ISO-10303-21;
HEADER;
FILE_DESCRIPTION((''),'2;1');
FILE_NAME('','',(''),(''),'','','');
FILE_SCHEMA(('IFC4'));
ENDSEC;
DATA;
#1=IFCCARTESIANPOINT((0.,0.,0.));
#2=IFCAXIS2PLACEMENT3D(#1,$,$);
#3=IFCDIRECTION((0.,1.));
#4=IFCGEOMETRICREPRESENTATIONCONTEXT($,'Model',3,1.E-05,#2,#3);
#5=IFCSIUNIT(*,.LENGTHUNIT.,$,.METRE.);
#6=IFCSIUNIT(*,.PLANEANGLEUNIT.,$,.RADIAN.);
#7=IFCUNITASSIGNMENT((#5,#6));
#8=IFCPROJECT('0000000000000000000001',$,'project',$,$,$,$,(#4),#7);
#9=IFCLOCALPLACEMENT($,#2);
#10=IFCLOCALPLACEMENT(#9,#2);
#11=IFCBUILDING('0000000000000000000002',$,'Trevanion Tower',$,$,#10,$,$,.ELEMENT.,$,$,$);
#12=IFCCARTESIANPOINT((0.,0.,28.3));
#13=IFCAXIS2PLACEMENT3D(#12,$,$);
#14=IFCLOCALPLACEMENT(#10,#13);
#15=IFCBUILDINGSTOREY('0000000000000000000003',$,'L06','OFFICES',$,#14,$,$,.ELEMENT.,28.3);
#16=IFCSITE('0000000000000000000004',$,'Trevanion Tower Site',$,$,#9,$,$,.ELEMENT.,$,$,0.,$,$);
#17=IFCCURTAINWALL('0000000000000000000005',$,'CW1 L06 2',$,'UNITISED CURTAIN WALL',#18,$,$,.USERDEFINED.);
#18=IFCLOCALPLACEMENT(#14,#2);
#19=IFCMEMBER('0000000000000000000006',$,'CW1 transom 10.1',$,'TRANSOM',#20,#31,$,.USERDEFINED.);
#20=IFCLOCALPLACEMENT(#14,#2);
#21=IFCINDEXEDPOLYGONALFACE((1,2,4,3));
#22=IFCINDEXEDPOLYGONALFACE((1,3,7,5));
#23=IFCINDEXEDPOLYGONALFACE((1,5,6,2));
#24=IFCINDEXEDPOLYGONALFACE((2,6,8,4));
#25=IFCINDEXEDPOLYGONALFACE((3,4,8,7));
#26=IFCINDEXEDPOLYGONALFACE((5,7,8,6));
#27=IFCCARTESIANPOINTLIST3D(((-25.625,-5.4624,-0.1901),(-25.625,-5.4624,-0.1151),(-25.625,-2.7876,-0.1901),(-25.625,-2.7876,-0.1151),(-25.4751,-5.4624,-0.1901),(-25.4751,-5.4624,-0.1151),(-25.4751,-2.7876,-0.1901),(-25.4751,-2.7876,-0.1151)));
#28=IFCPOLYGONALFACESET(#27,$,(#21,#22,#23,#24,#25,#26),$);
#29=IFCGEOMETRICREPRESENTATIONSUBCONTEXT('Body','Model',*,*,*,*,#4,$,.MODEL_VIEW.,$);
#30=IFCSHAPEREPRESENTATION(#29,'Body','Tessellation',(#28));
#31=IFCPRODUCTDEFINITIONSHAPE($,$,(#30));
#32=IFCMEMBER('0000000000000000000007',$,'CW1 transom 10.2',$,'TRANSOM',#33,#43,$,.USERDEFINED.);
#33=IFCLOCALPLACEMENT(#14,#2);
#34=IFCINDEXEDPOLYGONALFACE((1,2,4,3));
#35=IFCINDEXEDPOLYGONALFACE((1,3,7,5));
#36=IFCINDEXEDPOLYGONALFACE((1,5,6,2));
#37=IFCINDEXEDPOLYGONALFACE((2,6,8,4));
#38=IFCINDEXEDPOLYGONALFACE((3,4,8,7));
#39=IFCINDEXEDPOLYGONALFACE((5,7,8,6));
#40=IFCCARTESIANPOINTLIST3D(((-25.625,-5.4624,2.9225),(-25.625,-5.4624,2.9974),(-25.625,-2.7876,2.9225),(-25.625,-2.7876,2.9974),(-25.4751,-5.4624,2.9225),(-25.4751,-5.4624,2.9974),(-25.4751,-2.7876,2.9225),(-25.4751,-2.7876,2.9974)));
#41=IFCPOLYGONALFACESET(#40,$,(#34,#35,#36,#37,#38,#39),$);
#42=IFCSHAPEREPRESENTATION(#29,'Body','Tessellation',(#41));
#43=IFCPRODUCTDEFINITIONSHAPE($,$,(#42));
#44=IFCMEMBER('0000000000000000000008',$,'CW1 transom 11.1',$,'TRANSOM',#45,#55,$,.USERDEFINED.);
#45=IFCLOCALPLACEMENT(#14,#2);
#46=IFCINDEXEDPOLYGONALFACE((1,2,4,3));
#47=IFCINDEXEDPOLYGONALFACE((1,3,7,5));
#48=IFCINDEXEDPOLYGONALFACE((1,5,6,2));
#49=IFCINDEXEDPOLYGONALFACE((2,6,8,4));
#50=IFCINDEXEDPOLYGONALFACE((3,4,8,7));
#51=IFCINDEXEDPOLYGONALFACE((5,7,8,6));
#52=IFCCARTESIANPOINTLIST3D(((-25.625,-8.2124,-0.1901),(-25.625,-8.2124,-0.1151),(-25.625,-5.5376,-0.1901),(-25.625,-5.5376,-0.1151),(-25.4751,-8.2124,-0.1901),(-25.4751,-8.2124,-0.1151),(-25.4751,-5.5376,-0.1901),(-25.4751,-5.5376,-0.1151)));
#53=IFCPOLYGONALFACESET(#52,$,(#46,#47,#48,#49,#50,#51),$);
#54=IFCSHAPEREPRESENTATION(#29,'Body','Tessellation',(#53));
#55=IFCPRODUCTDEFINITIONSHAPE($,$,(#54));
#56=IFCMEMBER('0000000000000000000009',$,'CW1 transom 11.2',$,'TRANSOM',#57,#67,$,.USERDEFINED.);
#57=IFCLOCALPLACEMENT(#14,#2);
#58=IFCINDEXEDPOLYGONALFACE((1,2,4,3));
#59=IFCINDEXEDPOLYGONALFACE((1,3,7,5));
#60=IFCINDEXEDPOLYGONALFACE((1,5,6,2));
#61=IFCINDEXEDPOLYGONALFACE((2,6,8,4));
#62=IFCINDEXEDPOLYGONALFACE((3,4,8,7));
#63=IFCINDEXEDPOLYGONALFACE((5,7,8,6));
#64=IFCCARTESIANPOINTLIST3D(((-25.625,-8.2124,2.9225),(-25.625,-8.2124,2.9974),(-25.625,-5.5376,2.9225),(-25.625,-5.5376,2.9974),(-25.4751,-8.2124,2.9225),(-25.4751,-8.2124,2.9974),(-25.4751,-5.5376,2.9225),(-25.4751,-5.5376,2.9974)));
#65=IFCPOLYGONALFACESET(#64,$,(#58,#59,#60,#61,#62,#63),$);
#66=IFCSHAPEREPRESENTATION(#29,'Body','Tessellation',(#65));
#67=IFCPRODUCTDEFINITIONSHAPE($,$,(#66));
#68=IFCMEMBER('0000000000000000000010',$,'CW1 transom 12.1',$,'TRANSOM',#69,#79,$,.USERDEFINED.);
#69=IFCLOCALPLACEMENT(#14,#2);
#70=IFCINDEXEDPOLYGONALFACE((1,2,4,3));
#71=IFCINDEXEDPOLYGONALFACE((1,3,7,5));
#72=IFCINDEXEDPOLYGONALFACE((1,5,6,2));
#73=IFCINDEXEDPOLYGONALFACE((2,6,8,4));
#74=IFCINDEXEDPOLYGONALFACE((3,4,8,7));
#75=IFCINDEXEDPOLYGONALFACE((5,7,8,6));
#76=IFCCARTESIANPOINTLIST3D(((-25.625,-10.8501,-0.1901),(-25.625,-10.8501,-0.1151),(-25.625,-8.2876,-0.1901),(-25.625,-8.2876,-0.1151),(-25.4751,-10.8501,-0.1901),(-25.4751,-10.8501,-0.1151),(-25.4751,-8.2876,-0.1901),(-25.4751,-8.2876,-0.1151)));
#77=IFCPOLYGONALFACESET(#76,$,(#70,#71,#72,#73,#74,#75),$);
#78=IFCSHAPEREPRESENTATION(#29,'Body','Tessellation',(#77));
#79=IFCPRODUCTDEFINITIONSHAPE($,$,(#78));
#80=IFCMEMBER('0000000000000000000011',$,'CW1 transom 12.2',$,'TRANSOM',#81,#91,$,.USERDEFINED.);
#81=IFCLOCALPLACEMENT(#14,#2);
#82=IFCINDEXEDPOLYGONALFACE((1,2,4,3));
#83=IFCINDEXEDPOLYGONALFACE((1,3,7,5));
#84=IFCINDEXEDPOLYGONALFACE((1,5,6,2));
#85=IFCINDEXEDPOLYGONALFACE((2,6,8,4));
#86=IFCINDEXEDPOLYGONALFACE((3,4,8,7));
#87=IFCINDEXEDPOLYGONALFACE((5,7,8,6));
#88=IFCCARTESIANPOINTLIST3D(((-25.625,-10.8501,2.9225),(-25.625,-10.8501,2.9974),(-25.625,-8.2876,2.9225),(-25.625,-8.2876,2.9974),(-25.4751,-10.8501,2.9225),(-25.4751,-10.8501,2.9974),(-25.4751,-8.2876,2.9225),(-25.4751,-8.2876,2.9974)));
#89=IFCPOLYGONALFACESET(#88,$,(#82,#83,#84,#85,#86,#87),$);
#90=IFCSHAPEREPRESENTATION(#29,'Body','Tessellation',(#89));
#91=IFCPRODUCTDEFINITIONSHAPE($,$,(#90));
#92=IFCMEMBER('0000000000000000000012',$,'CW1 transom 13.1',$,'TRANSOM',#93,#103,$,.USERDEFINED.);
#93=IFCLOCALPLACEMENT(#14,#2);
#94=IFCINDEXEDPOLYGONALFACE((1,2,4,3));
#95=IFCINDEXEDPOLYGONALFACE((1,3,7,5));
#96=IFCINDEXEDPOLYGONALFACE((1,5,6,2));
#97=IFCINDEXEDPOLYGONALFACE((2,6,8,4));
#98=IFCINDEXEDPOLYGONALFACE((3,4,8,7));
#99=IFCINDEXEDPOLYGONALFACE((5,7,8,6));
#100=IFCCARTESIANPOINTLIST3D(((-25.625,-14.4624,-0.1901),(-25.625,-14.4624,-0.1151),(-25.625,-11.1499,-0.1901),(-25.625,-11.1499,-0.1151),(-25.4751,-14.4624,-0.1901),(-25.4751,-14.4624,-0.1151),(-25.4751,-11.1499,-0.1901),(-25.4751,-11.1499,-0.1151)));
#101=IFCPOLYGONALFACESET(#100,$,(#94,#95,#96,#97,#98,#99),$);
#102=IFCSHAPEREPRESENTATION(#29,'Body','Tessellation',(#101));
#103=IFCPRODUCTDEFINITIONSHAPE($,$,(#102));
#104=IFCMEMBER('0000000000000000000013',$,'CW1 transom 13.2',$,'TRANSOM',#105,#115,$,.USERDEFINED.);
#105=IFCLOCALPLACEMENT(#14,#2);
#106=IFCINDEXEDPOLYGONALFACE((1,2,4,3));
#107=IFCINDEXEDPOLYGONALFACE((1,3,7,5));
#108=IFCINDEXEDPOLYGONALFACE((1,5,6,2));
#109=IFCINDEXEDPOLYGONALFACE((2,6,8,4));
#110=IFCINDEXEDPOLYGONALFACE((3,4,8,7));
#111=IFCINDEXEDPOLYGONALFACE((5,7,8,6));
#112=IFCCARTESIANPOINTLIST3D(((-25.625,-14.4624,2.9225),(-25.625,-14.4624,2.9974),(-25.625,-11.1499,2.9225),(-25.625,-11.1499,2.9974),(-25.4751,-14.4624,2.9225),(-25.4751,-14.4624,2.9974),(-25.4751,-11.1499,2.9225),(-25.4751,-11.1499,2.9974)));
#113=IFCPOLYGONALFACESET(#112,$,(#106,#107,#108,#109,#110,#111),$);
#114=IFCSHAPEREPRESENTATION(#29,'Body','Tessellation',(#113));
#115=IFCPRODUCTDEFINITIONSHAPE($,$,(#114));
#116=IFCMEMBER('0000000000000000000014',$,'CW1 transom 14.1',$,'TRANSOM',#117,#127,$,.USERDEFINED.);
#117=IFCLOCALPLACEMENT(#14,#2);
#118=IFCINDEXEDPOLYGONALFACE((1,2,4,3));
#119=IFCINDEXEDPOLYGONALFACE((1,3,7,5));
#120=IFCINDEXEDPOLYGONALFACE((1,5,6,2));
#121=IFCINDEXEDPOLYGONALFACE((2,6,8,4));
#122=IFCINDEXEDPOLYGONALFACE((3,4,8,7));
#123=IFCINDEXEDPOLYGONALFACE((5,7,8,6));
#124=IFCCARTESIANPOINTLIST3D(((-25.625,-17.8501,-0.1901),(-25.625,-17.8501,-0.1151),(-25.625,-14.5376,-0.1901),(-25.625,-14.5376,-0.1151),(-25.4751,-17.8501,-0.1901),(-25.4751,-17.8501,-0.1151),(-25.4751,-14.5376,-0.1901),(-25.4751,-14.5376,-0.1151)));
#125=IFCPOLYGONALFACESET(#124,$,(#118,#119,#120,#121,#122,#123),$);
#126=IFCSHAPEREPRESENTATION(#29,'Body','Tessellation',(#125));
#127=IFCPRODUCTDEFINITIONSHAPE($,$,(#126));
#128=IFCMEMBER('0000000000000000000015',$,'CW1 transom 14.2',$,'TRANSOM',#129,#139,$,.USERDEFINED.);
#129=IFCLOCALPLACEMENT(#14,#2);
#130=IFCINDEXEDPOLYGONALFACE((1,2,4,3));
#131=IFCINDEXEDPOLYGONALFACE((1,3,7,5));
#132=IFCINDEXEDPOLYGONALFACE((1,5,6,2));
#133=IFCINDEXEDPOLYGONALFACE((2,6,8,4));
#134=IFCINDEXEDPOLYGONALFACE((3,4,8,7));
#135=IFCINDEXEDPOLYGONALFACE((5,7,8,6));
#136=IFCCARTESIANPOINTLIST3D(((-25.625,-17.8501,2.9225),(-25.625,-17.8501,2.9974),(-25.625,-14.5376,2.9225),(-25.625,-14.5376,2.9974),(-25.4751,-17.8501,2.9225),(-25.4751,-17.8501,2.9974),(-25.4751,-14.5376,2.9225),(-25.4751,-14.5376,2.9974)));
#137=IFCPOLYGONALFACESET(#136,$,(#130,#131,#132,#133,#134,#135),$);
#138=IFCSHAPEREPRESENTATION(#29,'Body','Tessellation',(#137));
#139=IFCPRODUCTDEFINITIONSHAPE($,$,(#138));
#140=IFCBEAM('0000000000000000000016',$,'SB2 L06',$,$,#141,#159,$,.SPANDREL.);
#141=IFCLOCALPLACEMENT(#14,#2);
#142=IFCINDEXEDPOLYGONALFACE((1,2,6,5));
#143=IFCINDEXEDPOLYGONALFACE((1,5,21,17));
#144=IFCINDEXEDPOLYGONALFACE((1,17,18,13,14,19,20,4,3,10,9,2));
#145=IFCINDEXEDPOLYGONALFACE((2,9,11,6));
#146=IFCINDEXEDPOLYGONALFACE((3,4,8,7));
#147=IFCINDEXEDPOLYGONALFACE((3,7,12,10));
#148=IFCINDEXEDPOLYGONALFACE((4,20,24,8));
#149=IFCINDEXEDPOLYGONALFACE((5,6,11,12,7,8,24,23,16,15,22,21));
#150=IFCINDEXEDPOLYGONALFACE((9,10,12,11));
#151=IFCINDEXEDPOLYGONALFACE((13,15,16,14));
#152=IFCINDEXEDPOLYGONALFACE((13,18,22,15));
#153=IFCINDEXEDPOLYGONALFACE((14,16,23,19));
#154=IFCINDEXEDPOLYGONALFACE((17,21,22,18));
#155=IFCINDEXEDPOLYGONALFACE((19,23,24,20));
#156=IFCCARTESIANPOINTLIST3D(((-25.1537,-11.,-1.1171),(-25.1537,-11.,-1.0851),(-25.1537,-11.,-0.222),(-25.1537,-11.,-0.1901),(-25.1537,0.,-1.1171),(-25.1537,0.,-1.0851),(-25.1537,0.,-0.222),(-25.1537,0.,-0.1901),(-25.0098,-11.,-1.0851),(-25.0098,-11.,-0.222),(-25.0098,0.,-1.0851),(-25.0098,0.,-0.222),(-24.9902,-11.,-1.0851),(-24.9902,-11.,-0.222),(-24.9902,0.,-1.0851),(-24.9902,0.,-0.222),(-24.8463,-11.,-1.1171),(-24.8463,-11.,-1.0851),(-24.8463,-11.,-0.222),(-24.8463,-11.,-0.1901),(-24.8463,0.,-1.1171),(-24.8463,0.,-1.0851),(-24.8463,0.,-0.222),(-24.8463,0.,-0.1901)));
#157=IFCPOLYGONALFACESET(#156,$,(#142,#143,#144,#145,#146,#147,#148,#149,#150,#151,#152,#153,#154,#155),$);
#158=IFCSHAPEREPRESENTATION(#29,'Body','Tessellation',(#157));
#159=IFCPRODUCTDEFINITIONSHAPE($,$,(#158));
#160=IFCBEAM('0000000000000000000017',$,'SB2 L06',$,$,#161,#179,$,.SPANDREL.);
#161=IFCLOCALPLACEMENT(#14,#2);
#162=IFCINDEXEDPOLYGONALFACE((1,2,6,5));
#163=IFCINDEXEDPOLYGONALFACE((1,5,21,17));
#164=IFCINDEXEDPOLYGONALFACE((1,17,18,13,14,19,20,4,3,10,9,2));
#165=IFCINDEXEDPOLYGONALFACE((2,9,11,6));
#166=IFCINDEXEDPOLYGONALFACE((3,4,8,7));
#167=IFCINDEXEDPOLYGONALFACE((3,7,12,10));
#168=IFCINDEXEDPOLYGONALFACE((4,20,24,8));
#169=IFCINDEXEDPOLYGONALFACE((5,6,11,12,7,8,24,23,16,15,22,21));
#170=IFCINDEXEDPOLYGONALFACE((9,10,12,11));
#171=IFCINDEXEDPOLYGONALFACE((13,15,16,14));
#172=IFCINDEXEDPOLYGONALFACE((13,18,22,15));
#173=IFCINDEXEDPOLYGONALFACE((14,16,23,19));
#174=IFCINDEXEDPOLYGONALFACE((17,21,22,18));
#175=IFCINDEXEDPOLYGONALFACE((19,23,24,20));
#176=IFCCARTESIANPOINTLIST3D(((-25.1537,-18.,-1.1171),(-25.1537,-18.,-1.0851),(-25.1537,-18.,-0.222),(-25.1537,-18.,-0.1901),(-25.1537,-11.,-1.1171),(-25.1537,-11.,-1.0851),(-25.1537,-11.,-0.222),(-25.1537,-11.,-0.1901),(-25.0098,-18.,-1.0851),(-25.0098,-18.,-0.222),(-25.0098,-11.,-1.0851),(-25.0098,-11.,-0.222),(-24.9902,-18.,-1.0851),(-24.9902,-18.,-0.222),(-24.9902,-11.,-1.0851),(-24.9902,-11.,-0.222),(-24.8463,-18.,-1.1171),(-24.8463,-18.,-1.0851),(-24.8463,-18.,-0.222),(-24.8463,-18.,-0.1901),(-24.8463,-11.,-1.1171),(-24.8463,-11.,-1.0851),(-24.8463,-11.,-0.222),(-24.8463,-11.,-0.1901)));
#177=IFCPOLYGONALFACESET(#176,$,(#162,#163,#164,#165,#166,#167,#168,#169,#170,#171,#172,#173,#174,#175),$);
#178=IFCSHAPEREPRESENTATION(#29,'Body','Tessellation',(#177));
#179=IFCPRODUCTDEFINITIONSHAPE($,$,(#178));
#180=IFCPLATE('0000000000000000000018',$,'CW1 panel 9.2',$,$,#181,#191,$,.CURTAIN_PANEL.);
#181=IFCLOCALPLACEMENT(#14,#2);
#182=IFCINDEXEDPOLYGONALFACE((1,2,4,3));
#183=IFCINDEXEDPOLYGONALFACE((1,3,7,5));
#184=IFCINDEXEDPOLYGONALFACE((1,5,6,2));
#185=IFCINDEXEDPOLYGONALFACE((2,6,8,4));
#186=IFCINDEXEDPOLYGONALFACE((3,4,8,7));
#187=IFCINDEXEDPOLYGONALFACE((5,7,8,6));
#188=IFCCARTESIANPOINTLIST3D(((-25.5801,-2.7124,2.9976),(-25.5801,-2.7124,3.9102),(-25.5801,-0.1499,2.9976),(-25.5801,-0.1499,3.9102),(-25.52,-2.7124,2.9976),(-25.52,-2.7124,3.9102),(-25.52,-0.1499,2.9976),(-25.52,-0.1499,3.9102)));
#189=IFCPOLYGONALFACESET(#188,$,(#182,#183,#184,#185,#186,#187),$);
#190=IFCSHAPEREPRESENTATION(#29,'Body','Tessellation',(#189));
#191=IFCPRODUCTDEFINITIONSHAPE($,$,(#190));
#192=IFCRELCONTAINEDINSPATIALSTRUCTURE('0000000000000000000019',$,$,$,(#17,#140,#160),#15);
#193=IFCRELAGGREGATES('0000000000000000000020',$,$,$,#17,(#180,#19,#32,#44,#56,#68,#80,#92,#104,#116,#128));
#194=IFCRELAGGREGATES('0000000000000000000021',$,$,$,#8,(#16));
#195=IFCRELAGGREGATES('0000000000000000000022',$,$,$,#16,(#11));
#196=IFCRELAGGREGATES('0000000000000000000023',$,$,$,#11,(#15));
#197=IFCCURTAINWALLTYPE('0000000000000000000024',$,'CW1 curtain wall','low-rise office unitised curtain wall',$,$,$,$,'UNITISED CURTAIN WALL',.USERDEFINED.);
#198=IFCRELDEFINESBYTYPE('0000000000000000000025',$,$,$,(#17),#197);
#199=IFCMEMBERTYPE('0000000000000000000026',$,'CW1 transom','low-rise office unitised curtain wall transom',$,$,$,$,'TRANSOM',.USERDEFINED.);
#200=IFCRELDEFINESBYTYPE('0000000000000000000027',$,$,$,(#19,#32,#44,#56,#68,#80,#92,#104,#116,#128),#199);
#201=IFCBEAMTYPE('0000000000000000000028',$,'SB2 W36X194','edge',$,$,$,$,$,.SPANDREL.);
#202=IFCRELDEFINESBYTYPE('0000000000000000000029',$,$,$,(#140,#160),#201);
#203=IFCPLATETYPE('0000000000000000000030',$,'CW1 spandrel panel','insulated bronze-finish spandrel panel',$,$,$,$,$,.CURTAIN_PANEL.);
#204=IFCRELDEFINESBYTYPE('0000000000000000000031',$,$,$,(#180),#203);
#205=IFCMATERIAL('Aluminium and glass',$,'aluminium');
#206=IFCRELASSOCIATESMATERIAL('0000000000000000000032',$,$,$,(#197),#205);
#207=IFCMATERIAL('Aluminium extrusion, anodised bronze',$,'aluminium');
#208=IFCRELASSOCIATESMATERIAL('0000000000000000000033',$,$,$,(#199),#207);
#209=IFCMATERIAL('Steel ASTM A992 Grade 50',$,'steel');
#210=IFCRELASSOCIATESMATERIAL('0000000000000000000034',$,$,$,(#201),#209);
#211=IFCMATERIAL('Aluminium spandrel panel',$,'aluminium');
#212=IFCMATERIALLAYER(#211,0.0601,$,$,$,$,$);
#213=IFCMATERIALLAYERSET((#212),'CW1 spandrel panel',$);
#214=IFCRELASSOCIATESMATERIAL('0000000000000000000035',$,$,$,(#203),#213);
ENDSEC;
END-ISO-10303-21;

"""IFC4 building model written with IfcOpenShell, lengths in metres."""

from ifc_helpers import new_model, si_unit, direction, frame, origin, origin_2d, place, context, subcontext, project, spatial, rectangle, i_section, extrude, material, layer, layer_set, material_profile, profile_set, type_object, element, aggregate, save


model = new_model("IFC4")

# Units and contexts
model_context = context("Model", 3, precision=1e-05, world=origin(), true_north=direction((0.0, 1.0)))
body_context = subcontext(model_context, "Body", "Model", "MODEL_VIEW")
ifc_project = project(units=[si_unit("LENGTHUNIT", "METRE"), si_unit("PLANEANGLEUNIT", "RADIAN")], contexts=[model_context])

# Site, building, storey
site_placement = place(None, origin())
site = spatial("IfcSite", under=ifc_project, at=site_placement, Name="Trevanion Tower Site", CompositionType="ELEMENT", RefElevation=0.0)
building_placement = place(site_placement, origin())
building = spatial("IfcBuilding", under=site, at=building_placement, Name="Trevanion Tower", CompositionType="ELEMENT")
storey_placement = place(building_placement, frame((0.0, 0.0, 28.3)))
storey = spatial("IfcBuildingStorey", under=building, at=storey_placement, Name="L06", Description="OFFICES", CompositionType="ELEMENT", Elevation=28.3)

# Curtain wall, members
ifc_material_1 = material(Name="Aluminium and glass", Category="aluminium")
curtain_wall_type = type_object("IfcCurtainWallType", Name="CW1 curtain wall", Description="low-rise office unitised curtain wall", ElementType="UNITISED CURTAIN WALL", PredefinedType="USERDEFINED", material=ifc_material_1)
curtain_wall_placement = place(storey_placement, origin())
curtain_wall = element("IfcCurtainWall", 1, at=curtain_wall_placement, inside=storey, type_object=curtain_wall_type, Name="CW1 L06 2", ObjectType="UNITISED CURTAIN WALL", PredefinedType="USERDEFINED")
ifc_material_2 = material(Name="Aluminium extrusion, anodised bronze", Category="aluminium")
ifc_material_profile_1 = material_profile(ifc_material_2, rectangle(XDim=0.1499, YDim=0.075, at=origin_2d()), Name="CW1 transom")
ifc_profile_set_1 = profile_set([ifc_material_profile_1], Name="Aluminium extrusion, anodised bronze")
member_type_1 = type_object("IfcMemberType", Name="CW1 transom", Description="low-rise office unitised curtain wall transom", ElementType="TRANSOM", PredefinedType="USERDEFINED", material=ifc_profile_set_1)
member_1_placement = place(storey_placement, frame((-25.55, -2.7876, -0.1526), z_axis=(0.0, -1.0, 0.0), x_axis=(1.0, 0.0, 0.0)))
member_1 = element("IfcMember", 2, at=member_1_placement, type_object=member_type_1, Name="CW1 transom 10.1", ObjectType="TRANSOM", PredefinedType="USERDEFINED", context=body_context, shape_type="SweptSolid", body=[
    extrude(rectangle(XDim=0.1499, YDim=0.075, at=origin_2d()), origin(), (0.0, 0.0, 1.0), 2.6748),
])
member_2_placement = place(storey_placement, frame((-25.55, -2.7876, 2.96), z_axis=(0.0, -1.0, 0.0), x_axis=(1.0, 0.0, 0.0)))
member_2 = element("IfcMember", 3, at=member_2_placement, type_object=member_type_1, Name="CW1 transom 10.2", ObjectType="TRANSOM", PredefinedType="USERDEFINED", context=body_context, shape_type="SweptSolid", body=[
    extrude(rectangle(XDim=0.1499, YDim=0.075, at=origin_2d()), origin(), (0.0, 0.0, 1.0), 2.6748),
])
member_3_placement = place(storey_placement, frame((-25.55, -5.5376, -0.1526), z_axis=(0.0, -1.0, 0.0), x_axis=(1.0, 0.0, 0.0)))
member_3 = element("IfcMember", 4, at=member_3_placement, type_object=member_type_1, Name="CW1 transom 11.1", ObjectType="TRANSOM", PredefinedType="USERDEFINED", context=body_context, shape_type="SweptSolid", body=[
    extrude(rectangle(XDim=0.1499, YDim=0.075, at=origin_2d()), origin(), (0.0, 0.0, 1.0), 2.6748),
])
member_4_placement = place(storey_placement, frame((-25.55, -5.5376, 2.96), z_axis=(0.0, -1.0, 0.0), x_axis=(1.0, 0.0, 0.0)))
member_4 = element("IfcMember", 5, at=member_4_placement, type_object=member_type_1, Name="CW1 transom 11.2", ObjectType="TRANSOM", PredefinedType="USERDEFINED", context=body_context, shape_type="SweptSolid", body=[
    extrude(rectangle(XDim=0.1499, YDim=0.075, at=origin_2d()), origin(), (0.0, 0.0, 1.0), 2.6748),
])
member_5_placement = place(storey_placement, frame((-25.55, -8.2876, -0.1526), z_axis=(0.0, -1.0, 0.0), x_axis=(1.0, 0.0, 0.0)))
member_5 = element("IfcMember", 6, at=member_5_placement, type_object=member_type_1, Name="CW1 transom 12.1", ObjectType="TRANSOM", PredefinedType="USERDEFINED", context=body_context, shape_type="SweptSolid", body=[
    extrude(rectangle(XDim=0.1499, YDim=0.075, at=origin_2d()), origin(), (0.0, 0.0, 1.0), 2.5625),
])
member_6_placement = place(storey_placement, frame((-25.55, -8.2876, 2.96), z_axis=(0.0, -1.0, 0.0), x_axis=(1.0, 0.0, 0.0)))
member_6 = element("IfcMember", 7, at=member_6_placement, type_object=member_type_1, Name="CW1 transom 12.2", ObjectType="TRANSOM", PredefinedType="USERDEFINED", context=body_context, shape_type="SweptSolid", body=[
    extrude(rectangle(XDim=0.1499, YDim=0.075, at=origin_2d()), origin(), (0.0, 0.0, 1.0), 2.5625),
])
member_7_placement = place(storey_placement, frame((-25.55, -11.1499, -0.1526), z_axis=(0.0, -1.0, 0.0), x_axis=(1.0, 0.0, 0.0)))
member_7 = element("IfcMember", 8, at=member_7_placement, type_object=member_type_1, Name="CW1 transom 13.1", ObjectType="TRANSOM", PredefinedType="USERDEFINED", context=body_context, shape_type="SweptSolid", body=[
    extrude(rectangle(XDim=0.1499, YDim=0.075, at=origin_2d()), origin(), (0.0, 0.0, 1.0), 3.3125),
])
member_8_placement = place(storey_placement, frame((-25.55, -11.1499, 2.96), z_axis=(0.0, -1.0, 0.0), x_axis=(1.0, 0.0, 0.0)))
member_8 = element("IfcMember", 9, at=member_8_placement, type_object=member_type_1, Name="CW1 transom 13.2", ObjectType="TRANSOM", PredefinedType="USERDEFINED", context=body_context, shape_type="SweptSolid", body=[
    extrude(rectangle(XDim=0.1499, YDim=0.075, at=origin_2d()), origin(), (0.0, 0.0, 1.0), 3.3125),
])
member_9_placement = place(storey_placement, frame((-25.55, -14.5376, -0.1526), z_axis=(0.0, -1.0, 0.0), x_axis=(1.0, 0.0, 0.0)))
member_9 = element("IfcMember", 10, at=member_9_placement, type_object=member_type_1, Name="CW1 transom 14.1", ObjectType="TRANSOM", PredefinedType="USERDEFINED", context=body_context, shape_type="SweptSolid", body=[
    extrude(rectangle(XDim=0.1499, YDim=0.075, at=origin_2d()), origin(), (0.0, 0.0, 1.0), 3.3125),
])
member_10_placement = place(storey_placement, frame((-25.55, -14.5376, 2.96), z_axis=(0.0, -1.0, 0.0), x_axis=(1.0, 0.0, 0.0)))
member_10 = element("IfcMember", 11, at=member_10_placement, type_object=member_type_1, Name="CW1 transom 14.2", ObjectType="TRANSOM", PredefinedType="USERDEFINED", context=body_context, shape_type="SweptSolid", body=[
    extrude(rectangle(XDim=0.1499, YDim=0.075, at=origin_2d()), origin(), (0.0, 0.0, 1.0), 3.3125),
])

# Beams
ifc_material_3 = material(Name="Steel ASTM A992 Grade 50", Category="steel")
ifc_material_profile_2 = material_profile(ifc_material_3, i_section(OverallWidth=0.3074, OverallDepth=0.927, WebThickness=0.0195, FlangeThickness=0.032, at=origin_2d()), Name="W36X194")
ifc_profile_set_2 = profile_set([ifc_material_profile_2], Name="Steel ASTM A992 Grade 50")
beam_type_1 = type_object("IfcBeamType", Name="SB2 W36X194", Description="edge", PredefinedType="SPANDREL", material=ifc_profile_set_2)
beam_1_placement = place(storey_placement, frame((-25.0, 0.0, -0.6536), z_axis=(0.0, -1.0, 0.0), x_axis=(1.0, 0.0, 0.0)))
element("IfcBeam", 12, at=beam_1_placement, inside=storey, type_object=beam_type_1, Name="SB2 L06", PredefinedType="SPANDREL", context=body_context, shape_type="SweptSolid", body=[
    extrude(i_section(OverallWidth=0.3074, OverallDepth=0.927, WebThickness=0.0195, FlangeThickness=0.032, at=origin_2d()), origin(), (0.0, 0.0, 1.0), 11.0),
])
beam_2_placement = place(storey_placement, frame((-25.0, -11.0, -0.6536), z_axis=(0.0, -1.0, 0.0), x_axis=(1.0, 0.0, 0.0)))
element("IfcBeam", 13, at=beam_2_placement, inside=storey, type_object=beam_type_1, Name="SB2 L06", PredefinedType="SPANDREL", context=body_context, shape_type="SweptSolid", body=[
    extrude(i_section(OverallWidth=0.3074, OverallDepth=0.927, WebThickness=0.0195, FlangeThickness=0.032, at=origin_2d()), origin(), (0.0, 0.0, 1.0), 7.0),
])

# Plate
ifc_material_4 = material(Name="Aluminium spandrel panel", Category="aluminium")
ifc_layer_1 = layer(ifc_material_4, 0.0601)
ifc_layer_set_1 = layer_set([ifc_layer_1], Name="CW1 spandrel panel")
plate_type_1 = type_object("IfcPlateType", Name="CW1 spandrel panel", Description="insulated bronze-finish spandrel panel", PredefinedType="CURTAIN_PANEL", material=ifc_layer_set_1)
plate_1_placement = place(storey_placement, frame((-25.55, -1.4312, 2.9976), z_axis=(0.0, 0.0, 1.0), x_axis=(0.0, -1.0, 0.0)))
plate_1 = element("IfcPlate", 14, at=plate_1_placement, type_object=plate_type_1, Name="CW1 panel 9.2", PredefinedType="CURTAIN_PANEL", context=body_context, shape_type="SweptSolid", body=[
    extrude(rectangle(XDim=2.5625, YDim=0.0601, at=origin_2d()), origin(), (0.0, 0.0, 1.0), 0.9126),
])
aggregate(curtain_wall, [plate_1, member_1, member_2, member_3, member_4, member_5, member_6, member_7, member_8, member_9, member_10])

save(model, "model.ifc")
